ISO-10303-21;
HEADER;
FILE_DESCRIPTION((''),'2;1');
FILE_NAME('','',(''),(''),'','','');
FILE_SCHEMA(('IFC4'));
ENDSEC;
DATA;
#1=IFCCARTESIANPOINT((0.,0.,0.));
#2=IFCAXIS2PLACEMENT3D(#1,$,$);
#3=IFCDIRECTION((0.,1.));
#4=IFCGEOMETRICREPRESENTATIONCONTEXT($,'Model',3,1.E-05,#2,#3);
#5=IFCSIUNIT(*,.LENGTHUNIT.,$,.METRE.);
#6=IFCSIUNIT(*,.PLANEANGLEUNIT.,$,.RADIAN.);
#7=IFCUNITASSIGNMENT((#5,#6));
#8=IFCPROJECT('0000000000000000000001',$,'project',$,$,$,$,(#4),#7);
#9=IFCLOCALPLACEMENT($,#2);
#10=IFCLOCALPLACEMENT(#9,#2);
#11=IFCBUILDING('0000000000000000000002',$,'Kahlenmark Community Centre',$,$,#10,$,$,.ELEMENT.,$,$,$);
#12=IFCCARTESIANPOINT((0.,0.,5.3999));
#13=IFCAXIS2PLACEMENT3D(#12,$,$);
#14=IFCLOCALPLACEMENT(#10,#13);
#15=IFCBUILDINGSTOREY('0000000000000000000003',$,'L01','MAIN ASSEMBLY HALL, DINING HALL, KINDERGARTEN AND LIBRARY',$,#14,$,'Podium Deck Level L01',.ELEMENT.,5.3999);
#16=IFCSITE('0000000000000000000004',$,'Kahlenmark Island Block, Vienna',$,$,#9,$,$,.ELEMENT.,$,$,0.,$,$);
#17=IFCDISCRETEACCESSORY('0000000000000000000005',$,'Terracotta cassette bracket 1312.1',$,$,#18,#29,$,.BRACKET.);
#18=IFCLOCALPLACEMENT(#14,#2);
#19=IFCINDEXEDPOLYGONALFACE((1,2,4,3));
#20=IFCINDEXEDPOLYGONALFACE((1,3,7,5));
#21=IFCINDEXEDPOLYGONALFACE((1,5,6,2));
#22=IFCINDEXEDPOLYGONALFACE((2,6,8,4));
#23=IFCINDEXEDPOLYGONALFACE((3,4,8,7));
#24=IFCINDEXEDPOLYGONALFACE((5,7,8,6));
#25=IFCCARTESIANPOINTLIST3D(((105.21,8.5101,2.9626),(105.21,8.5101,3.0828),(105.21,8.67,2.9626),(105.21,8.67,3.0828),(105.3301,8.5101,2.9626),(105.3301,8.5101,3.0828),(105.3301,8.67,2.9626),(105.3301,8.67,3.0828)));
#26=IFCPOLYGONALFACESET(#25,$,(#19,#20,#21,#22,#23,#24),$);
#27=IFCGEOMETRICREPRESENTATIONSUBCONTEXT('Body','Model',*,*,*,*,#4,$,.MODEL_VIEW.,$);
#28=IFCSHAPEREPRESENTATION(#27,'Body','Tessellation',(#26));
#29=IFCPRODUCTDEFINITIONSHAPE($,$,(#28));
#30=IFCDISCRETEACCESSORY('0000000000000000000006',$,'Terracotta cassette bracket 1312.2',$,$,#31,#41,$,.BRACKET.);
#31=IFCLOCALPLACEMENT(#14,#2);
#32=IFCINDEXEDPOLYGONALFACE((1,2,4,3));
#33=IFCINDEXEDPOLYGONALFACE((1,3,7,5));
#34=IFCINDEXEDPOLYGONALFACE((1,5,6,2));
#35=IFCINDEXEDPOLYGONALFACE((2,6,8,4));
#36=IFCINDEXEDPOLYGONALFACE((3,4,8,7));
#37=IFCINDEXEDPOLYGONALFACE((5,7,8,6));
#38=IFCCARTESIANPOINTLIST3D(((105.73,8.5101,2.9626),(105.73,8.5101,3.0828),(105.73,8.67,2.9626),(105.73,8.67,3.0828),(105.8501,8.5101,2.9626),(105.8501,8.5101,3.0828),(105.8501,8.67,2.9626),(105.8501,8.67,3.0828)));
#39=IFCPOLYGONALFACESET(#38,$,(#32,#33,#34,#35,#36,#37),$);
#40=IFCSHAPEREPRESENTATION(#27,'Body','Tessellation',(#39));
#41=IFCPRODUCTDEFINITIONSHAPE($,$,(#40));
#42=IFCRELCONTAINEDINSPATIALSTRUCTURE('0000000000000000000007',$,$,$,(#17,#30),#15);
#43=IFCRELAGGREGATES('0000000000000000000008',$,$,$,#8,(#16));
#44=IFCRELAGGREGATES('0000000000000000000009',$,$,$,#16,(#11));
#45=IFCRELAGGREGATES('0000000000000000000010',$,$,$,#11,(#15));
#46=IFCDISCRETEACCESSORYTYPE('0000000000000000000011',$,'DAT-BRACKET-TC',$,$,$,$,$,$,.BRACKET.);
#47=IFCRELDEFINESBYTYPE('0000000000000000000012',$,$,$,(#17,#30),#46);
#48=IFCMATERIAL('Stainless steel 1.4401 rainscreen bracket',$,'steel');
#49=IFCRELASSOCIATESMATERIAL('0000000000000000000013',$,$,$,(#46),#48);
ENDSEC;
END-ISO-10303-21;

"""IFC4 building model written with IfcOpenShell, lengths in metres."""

from ifc_helpers import new_model, si_unit, direction, frame, origin, origin_2d, place, context, subcontext, project, spatial, rectangle, extrude, material, type_object, element, save


model = new_model("IFC4")

# Units and contexts
model_context = context("Model", 3, precision=1e-05, world=origin(), true_north=direction((0.0, 1.0)))
body_context = subcontext(model_context, "Body", "Model", "MODEL_VIEW")
ifc_project = project(units=[si_unit("LENGTHUNIT", "METRE"), si_unit("PLANEANGLEUNIT", "RADIAN")], contexts=[model_context])

# Site, building, storey
site_placement = place(None, origin())
site = spatial("IfcSite", under=ifc_project, at=site_placement, Name="Kahlenmark Island Block, Vienna", CompositionType="ELEMENT", RefElevation=0.0)
building_placement = place(site_placement, origin())
building = spatial("IfcBuilding", under=site, at=building_placement, Name="Kahlenmark Community Centre", CompositionType="ELEMENT")
storey_placement = place(building_placement, frame((0.0, 0.0, 5.3999)))
storey = spatial("IfcBuildingStorey", under=building, at=storey_placement, Name="L01", Description="MAIN ASSEMBLY HALL, DINING HALL, KINDERGARTEN AND LIBRARY", LongName="Podium Deck Level L01", CompositionType="ELEMENT", Elevation=5.3999)

# Discrete accessories
ifc_material_1 = material(Name="Stainless steel 1.4401 rainscreen bracket", Category="steel")
discrete_accessory_type = type_object("IfcDiscreteAccessoryType", Name="DAT-BRACKET-TC", PredefinedType="BRACKET", material=ifc_material_1)
for number, where, z_axis, x_axis, name in (
    (1, (105.27, 8.5901, 2.9626), (0.0, 0.0, 1.0), (1.0, 0.0, 0.0), "Terracotta cassette bracket 1312.1"),
    (2, (105.79, 8.5901, 2.9626), (0.0, 0.0, 1.0), (1.0, 0.0, 0.0), "Terracotta cassette bracket 1312.2"),
):
    element("IfcDiscreteAccessory", number, at=place(storey_placement, frame(where, z_axis=z_axis, x_axis=x_axis)), inside=storey, type_object=discrete_accessory_type, Name=name, PredefinedType="BRACKET", context=body_context, shape_type="SweptSolid", body=[
        extrude(rectangle(XDim=0.1201, YDim=0.1599, at=origin_2d()), origin(), (0.0, 0.0, 1.0), 0.1201),
    ])

save(model, "model.ifc")
